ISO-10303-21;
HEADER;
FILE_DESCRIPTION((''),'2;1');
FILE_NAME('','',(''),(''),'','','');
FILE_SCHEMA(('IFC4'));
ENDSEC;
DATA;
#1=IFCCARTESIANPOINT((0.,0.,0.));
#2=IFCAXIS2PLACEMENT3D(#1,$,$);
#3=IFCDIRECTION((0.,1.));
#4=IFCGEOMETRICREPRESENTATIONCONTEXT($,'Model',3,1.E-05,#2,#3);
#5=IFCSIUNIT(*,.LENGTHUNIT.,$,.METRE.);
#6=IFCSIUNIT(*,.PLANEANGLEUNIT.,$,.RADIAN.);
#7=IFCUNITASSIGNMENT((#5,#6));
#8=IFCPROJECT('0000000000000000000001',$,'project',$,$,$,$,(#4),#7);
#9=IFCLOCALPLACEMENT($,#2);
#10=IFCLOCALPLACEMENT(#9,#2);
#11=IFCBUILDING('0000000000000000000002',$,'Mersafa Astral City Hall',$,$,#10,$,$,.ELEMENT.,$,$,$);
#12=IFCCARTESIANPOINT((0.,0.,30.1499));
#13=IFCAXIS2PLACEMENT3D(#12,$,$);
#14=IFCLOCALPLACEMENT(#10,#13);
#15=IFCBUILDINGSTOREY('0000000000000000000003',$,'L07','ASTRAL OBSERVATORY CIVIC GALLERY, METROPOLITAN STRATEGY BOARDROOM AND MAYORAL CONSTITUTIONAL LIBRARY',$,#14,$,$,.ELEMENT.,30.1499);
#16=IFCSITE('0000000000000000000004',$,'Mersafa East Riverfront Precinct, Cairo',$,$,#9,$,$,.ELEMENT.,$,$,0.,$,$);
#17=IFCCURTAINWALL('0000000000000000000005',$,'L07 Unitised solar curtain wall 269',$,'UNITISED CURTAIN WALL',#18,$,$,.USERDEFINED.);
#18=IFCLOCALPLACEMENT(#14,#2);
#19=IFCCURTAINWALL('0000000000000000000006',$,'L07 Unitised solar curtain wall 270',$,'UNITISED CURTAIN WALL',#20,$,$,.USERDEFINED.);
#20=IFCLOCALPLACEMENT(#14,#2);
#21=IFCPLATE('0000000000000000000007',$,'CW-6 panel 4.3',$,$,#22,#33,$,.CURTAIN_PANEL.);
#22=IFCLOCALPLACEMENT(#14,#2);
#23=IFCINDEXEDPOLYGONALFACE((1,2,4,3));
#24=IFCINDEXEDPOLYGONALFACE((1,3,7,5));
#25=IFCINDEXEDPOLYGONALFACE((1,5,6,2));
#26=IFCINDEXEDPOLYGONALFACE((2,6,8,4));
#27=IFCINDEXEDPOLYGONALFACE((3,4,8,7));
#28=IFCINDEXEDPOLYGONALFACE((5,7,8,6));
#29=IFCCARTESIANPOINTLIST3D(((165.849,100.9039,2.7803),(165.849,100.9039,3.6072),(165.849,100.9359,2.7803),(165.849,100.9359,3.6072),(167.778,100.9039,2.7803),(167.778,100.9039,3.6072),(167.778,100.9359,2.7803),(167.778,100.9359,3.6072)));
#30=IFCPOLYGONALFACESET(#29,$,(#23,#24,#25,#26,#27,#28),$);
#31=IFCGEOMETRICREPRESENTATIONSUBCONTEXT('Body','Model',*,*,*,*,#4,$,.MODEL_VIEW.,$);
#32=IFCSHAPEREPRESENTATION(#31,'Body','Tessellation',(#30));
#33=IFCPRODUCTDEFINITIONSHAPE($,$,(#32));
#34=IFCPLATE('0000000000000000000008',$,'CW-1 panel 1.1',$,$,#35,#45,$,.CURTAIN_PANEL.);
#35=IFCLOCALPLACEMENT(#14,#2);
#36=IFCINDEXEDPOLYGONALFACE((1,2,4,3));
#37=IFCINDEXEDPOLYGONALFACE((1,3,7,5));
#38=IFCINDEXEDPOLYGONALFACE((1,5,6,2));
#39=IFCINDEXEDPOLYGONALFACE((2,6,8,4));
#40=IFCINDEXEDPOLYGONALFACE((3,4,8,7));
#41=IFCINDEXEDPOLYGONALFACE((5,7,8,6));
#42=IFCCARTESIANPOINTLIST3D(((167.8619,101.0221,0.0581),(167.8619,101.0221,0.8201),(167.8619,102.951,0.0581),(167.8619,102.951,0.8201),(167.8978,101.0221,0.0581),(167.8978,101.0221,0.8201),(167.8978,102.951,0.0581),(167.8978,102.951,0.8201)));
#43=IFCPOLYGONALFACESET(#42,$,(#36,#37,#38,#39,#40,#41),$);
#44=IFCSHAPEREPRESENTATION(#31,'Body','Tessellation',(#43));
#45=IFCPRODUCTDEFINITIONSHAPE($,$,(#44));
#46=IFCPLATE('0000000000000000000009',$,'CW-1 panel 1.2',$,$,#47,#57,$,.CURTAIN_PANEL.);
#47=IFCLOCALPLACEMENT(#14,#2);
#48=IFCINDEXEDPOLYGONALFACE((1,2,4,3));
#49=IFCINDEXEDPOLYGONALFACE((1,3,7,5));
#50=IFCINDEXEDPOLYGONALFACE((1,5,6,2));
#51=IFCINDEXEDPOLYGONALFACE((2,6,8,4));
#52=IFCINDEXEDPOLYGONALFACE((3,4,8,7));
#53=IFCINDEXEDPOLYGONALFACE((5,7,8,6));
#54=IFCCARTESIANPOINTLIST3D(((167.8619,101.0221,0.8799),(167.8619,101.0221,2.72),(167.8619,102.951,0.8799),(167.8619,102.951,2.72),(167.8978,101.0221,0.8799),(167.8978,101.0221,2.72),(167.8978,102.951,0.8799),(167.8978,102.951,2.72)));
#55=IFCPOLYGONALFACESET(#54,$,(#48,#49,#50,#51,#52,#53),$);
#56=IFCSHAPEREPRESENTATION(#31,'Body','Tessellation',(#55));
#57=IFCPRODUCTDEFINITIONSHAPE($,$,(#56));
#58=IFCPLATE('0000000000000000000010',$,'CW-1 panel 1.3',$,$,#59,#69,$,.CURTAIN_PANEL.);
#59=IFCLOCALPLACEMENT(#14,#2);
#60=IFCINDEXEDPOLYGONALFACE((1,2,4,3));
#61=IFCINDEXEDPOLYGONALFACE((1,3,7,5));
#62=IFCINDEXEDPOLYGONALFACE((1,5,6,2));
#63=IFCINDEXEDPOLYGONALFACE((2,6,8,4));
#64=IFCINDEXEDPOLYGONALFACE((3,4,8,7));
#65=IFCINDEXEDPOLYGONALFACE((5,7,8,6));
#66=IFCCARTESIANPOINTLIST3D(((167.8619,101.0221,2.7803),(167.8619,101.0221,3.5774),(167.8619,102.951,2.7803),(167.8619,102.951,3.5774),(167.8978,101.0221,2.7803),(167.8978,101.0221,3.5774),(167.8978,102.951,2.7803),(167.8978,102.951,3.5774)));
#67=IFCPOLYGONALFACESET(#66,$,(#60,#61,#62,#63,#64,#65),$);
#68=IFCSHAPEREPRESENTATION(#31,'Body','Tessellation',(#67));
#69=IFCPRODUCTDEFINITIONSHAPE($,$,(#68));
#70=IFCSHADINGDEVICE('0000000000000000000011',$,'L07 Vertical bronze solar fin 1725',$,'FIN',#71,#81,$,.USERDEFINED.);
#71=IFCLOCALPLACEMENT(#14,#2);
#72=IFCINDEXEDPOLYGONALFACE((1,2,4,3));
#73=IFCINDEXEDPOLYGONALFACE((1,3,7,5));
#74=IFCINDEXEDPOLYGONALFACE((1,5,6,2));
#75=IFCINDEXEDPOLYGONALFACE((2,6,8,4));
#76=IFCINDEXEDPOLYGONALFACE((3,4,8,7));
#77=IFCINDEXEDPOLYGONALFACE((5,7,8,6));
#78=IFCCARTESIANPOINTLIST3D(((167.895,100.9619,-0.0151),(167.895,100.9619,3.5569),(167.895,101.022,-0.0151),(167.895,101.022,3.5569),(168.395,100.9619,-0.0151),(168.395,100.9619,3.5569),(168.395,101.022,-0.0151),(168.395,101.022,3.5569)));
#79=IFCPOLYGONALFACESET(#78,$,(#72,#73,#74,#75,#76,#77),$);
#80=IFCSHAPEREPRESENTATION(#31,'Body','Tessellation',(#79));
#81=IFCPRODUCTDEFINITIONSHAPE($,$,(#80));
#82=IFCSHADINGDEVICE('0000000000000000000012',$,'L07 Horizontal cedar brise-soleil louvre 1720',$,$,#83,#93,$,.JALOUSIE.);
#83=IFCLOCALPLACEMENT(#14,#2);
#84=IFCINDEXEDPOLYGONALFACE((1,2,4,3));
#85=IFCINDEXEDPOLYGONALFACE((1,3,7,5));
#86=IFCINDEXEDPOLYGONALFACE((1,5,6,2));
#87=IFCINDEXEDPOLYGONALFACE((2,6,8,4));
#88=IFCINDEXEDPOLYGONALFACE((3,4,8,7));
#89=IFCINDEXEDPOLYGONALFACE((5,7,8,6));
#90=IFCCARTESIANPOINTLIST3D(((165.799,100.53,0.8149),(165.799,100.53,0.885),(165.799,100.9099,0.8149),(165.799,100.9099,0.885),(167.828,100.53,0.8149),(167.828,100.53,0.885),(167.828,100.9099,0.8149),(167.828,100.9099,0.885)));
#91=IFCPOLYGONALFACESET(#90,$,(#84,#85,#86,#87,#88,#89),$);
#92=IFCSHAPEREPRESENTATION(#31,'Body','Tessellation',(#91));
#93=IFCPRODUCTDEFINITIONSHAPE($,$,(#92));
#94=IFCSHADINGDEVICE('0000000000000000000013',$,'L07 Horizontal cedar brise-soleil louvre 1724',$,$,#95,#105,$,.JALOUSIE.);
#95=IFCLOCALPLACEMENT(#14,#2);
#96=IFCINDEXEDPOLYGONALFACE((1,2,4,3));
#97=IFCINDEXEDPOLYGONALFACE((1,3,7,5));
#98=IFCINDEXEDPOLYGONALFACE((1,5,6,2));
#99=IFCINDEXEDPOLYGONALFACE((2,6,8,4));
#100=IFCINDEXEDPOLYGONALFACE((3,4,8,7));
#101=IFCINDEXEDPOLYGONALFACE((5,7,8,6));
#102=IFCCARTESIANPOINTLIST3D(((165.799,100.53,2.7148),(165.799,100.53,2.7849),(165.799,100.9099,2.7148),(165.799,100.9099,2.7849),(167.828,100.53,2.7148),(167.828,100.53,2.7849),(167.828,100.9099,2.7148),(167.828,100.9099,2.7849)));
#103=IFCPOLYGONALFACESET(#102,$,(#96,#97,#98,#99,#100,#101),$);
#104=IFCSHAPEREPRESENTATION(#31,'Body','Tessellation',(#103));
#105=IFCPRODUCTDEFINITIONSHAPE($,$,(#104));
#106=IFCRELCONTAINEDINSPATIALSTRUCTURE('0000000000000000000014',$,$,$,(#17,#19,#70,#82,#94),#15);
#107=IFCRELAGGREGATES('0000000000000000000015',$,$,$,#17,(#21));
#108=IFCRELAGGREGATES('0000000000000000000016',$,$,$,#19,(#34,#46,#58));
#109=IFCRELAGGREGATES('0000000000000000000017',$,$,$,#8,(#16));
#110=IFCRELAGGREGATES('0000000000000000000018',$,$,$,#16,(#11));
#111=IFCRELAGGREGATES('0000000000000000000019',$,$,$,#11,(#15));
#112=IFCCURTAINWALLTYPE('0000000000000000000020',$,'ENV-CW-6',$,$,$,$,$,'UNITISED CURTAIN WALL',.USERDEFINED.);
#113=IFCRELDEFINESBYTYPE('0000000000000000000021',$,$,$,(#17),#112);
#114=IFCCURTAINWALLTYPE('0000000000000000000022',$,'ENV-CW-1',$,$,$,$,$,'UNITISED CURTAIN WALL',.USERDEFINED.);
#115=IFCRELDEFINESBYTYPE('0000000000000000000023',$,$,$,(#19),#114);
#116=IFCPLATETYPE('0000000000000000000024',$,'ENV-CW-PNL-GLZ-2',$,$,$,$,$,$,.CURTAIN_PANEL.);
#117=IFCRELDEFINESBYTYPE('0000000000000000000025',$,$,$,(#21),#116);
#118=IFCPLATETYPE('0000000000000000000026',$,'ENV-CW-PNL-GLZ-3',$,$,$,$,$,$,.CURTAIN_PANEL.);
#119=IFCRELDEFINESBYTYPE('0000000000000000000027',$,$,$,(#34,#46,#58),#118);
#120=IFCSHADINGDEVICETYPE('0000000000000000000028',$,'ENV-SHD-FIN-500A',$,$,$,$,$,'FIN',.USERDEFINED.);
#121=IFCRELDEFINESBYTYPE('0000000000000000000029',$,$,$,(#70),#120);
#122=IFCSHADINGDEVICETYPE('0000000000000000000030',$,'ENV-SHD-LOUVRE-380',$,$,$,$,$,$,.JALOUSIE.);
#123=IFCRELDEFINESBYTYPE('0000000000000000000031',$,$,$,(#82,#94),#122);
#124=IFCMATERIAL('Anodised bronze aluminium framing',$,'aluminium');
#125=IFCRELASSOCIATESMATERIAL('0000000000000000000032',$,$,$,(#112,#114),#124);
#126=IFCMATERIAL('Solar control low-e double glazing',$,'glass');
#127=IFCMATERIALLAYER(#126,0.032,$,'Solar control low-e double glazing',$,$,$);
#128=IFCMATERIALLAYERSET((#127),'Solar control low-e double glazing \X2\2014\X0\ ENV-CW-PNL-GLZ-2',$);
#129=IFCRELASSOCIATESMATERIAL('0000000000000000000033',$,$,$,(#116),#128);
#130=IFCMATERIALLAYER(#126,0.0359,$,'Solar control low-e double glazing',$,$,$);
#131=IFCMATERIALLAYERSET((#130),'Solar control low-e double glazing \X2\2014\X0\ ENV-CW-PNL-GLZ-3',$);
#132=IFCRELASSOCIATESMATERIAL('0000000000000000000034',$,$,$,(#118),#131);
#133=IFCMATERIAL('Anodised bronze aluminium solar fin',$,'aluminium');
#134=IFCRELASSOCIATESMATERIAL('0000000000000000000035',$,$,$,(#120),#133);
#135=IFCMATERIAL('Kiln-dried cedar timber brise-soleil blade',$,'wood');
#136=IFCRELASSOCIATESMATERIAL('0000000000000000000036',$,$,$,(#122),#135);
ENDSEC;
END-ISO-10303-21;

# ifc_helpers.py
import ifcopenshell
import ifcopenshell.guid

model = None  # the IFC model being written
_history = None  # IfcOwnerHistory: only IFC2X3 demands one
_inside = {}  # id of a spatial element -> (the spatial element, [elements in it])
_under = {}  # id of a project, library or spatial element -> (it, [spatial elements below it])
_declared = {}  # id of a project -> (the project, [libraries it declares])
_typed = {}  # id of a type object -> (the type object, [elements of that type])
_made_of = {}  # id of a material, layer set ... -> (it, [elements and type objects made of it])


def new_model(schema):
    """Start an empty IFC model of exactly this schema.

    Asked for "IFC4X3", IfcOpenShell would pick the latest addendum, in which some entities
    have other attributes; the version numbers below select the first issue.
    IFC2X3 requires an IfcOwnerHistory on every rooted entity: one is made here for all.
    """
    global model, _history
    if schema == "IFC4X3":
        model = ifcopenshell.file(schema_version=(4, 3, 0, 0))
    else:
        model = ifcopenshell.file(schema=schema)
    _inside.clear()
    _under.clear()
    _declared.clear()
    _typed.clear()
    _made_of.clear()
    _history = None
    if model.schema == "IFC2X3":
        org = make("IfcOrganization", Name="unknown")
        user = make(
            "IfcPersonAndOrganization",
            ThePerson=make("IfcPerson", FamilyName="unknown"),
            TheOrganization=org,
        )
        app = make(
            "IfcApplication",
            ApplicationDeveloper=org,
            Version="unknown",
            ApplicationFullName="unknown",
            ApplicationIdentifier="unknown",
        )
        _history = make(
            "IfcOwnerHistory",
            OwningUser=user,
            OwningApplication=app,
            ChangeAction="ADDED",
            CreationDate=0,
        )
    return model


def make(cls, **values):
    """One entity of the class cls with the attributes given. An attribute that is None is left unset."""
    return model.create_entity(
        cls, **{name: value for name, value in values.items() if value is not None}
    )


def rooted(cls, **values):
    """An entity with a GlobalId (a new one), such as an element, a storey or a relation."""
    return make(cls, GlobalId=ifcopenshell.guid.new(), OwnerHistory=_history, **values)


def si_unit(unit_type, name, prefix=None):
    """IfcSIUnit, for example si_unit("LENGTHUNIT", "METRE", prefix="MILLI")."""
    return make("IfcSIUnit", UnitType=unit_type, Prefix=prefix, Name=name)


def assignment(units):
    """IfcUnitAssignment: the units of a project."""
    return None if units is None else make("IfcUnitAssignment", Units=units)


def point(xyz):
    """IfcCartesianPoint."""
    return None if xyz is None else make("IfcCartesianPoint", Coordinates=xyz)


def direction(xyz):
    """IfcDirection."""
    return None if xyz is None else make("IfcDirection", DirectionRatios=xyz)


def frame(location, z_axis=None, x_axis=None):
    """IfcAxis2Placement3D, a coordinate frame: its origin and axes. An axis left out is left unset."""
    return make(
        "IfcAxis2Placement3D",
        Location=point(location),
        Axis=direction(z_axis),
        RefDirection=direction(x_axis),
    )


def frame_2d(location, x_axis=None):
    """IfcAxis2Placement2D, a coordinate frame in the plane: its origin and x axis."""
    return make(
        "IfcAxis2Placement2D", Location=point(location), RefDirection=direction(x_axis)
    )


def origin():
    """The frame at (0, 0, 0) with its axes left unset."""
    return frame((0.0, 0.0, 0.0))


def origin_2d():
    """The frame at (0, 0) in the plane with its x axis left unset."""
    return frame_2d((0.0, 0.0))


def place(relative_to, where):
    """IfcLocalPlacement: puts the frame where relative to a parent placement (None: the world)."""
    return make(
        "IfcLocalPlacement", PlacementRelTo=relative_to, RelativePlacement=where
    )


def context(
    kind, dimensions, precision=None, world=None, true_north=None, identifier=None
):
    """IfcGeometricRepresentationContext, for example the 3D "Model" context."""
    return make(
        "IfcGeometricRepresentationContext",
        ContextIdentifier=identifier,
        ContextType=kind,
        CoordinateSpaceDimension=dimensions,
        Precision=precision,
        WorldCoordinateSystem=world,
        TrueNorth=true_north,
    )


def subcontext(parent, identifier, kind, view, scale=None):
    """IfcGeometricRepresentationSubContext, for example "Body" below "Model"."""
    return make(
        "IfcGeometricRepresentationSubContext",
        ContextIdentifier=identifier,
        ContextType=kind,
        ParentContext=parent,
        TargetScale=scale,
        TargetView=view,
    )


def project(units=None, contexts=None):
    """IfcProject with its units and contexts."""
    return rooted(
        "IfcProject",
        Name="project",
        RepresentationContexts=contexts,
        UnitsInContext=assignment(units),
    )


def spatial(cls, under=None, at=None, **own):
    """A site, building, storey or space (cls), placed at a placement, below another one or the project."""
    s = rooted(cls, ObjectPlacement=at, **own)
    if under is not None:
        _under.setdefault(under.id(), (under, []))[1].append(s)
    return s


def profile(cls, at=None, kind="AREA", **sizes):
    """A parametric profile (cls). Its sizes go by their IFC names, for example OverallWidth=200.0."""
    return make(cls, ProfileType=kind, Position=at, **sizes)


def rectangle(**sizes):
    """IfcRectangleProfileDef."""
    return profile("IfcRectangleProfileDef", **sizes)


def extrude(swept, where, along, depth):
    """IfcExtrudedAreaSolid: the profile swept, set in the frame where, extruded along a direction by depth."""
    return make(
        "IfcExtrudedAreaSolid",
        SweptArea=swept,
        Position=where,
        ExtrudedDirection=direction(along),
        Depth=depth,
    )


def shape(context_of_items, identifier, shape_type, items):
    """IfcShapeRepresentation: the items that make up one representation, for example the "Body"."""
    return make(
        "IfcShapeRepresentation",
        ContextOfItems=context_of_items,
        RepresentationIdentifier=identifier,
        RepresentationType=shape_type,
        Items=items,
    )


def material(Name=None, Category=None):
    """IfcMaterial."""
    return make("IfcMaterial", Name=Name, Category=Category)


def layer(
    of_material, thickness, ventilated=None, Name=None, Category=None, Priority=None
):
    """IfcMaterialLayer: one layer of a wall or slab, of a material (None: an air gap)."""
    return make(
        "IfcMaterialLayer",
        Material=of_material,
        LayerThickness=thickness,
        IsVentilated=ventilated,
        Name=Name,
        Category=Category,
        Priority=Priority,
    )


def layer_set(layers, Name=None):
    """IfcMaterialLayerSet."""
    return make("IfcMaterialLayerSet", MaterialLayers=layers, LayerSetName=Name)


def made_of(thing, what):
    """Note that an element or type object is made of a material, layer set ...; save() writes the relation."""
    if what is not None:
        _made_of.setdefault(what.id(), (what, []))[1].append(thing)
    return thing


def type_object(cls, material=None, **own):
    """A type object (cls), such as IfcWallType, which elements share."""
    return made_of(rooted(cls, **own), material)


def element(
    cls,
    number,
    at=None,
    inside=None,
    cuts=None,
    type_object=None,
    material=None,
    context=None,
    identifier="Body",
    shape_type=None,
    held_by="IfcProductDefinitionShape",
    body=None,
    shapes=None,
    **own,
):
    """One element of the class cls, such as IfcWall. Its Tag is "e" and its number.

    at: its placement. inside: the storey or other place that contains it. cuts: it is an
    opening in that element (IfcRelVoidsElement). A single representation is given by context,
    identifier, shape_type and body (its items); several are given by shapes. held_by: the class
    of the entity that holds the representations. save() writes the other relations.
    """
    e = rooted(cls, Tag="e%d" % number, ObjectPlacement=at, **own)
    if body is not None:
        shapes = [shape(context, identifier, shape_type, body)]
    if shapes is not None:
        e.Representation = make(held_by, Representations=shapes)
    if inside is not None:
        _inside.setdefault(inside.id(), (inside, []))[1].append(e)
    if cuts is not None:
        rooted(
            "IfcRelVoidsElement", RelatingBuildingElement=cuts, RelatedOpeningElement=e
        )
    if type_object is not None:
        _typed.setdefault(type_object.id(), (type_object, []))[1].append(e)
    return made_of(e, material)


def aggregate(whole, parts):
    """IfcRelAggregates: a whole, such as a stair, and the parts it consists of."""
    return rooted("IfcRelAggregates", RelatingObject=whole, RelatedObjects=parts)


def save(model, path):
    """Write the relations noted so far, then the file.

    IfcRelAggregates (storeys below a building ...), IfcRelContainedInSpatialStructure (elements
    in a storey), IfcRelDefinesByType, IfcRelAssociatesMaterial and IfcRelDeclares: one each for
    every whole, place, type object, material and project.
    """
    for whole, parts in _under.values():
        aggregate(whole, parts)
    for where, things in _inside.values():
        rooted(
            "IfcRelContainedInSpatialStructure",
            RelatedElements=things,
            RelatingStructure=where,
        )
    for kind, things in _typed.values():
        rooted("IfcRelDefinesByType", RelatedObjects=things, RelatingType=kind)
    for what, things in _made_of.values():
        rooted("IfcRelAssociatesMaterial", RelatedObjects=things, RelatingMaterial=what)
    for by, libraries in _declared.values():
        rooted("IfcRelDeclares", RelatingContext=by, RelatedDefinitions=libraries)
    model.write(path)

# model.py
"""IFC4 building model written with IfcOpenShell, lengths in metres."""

from ifc_helpers import new_model, si_unit, direction, frame, origin, origin_2d, place, context, subcontext, project, spatial, rectangle, extrude, material, layer, layer_set, type_object, element, aggregate, save


model = new_model("IFC4")

# Units and contexts
model_context = context("Model", 3, precision=1e-05, world=origin(), true_north=direction((0.0, 1.0)))
body_context = subcontext(model_context, "Body", "Model", "MODEL_VIEW")
ifc_project = project(units=[si_unit("LENGTHUNIT", "METRE"), si_unit("PLANEANGLEUNIT", "RADIAN")], contexts=[model_context])

# Site, building, storey
site_placement = place(None, origin())
site = spatial("IfcSite", under=ifc_project, at=site_placement, Name="Mersafa East Riverfront Precinct, Cairo", CompositionType="ELEMENT", RefElevation=0.0)
building_placement = place(site_placement, origin())
building = spatial("IfcBuilding", under=site, at=building_placement, Name="Mersafa Astral City Hall", CompositionType="ELEMENT")
storey_placement = place(building_placement, frame((0.0, 0.0, 30.1499)))
storey = spatial("IfcBuildingStorey", under=building, at=storey_placement, Name="L07", Description="ASTRAL OBSERVATORY CIVIC GALLERY, METROPOLITAN STRATEGY BOARDROOM AND MAYORAL CONSTITUTIONAL LIBRARY", CompositionType="ELEMENT", Elevation=30.1499)

# Curtain wall
ifc_material_1 = material(Name="Anodised bronze aluminium framing", Category="aluminium")
curtain_wall_type_1 = type_object("IfcCurtainWallType", Name="ENV-CW-6", ElementType="UNITISED CURTAIN WALL", PredefinedType="USERDEFINED", material=ifc_material_1)
curtain_wall_1_placement = place(storey_placement, origin())
curtain_wall_1 = element("IfcCurtainWall", 1, at=curtain_wall_1_placement, inside=storey, type_object=curtain_wall_type_1, Name="L07 Unitised solar curtain wall 269", ObjectType="UNITISED CURTAIN WALL", PredefinedType="USERDEFINED")

# Curtain wall
curtain_wall_type_2 = type_object("IfcCurtainWallType", Name="ENV-CW-1", ElementType="UNITISED CURTAIN WALL", PredefinedType="USERDEFINED", material=ifc_material_1)
curtain_wall_2_placement = place(storey_placement, origin())
curtain_wall_2 = element("IfcCurtainWall", 2, at=curtain_wall_2_placement, inside=storey, type_object=curtain_wall_type_2, Name="L07 Unitised solar curtain wall 270", ObjectType="UNITISED CURTAIN WALL", PredefinedType="USERDEFINED")

# Plates
ifc_material_2 = material(Name="Solar control low-e double glazing", Category="glass")
ifc_layer_1 = layer(ifc_material_2, 0.032, Name="Solar control low-e double glazing")
ifc_layer_set_1 = layer_set([ifc_layer_1], Name="Solar control low-e double glazing — ENV-CW-PNL-GLZ-2")
plate_type_1 = type_object("IfcPlateType", Name="ENV-CW-PNL-GLZ-2", PredefinedType="CURTAIN_PANEL", material=ifc_layer_set_1)
plate_1_placement = place(storey_placement, frame((166.8135, 100.9199, 2.7803), z_axis=(0.0, 0.0, 1.0), x_axis=(1.0, 0.0, 0.0)))
plate_1 = element("IfcPlate", 3, at=plate_1_placement, type_object=plate_type_1, Name="CW-6 panel 4.3", PredefinedType="CURTAIN_PANEL", context=body_context, shape_type="SweptSolid", body=[
    extrude(rectangle(XDim=1.929, YDim=0.032, at=origin_2d()), origin(), (0.0, 0.0, 1.0), 0.8269),
])
aggregate(curtain_wall_1, [plate_1])
ifc_layer_2 = layer(ifc_material_2, 0.0359, Name="Solar control low-e double glazing")
ifc_layer_set_2 = layer_set([ifc_layer_2], Name="Solar control low-e double glazing — ENV-CW-PNL-GLZ-3")
plate_type_2 = type_object("IfcPlateType", Name="ENV-CW-PNL-GLZ-3", PredefinedType="CURTAIN_PANEL", material=ifc_layer_set_2)
plate_2_placement = place(storey_placement, frame((167.8799, 101.9866, 0.0581), z_axis=(0.0, 0.0, 1.0), x_axis=(0.0, 1.0, 0.0)))
plate_2 = element("IfcPlate", 4, at=plate_2_placement, type_object=plate_type_2, Name="CW-1 panel 1.1", PredefinedType="CURTAIN_PANEL", context=body_context, shape_type="SweptSolid", body=[
    extrude(rectangle(XDim=1.929, YDim=0.0359, at=origin_2d()), origin(), (0.0, 0.0, 1.0), 0.762),
])
plate_3_placement = place(storey_placement, frame((167.8799, 101.9866, 0.8799), z_axis=(0.0, 0.0, 1.0), x_axis=(0.0, 1.0, 0.0)))
plate_3 = element("IfcPlate", 5, at=plate_3_placement, type_object=plate_type_2, Name="CW-1 panel 1.2", PredefinedType="CURTAIN_PANEL", context=body_context, shape_type="SweptSolid", body=[
    extrude(rectangle(XDim=1.929, YDim=0.0359, at=origin_2d()), origin(), (0.0, 0.0, 1.0), 1.8401),
])
plate_4_placement = place(storey_placement, frame((167.8799, 101.9866, 2.7803), z_axis=(0.0, 0.0, 1.0), x_axis=(0.0, 1.0, 0.0)))
plate_4 = element("IfcPlate", 6, at=plate_4_placement, type_object=plate_type_2, Name="CW-1 panel 1.3", PredefinedType="CURTAIN_PANEL", context=body_context, shape_type="SweptSolid", body=[
    extrude(rectangle(XDim=1.929, YDim=0.0359, at=origin_2d()), origin(), (0.0, 0.0, 1.0), 0.7971),
])
aggregate(curtain_wall_2, [plate_2, plate_3, plate_4])

# Shading devices
ifc_material_3 = material(Name="Anodised bronze aluminium solar fin", Category="aluminium")
shading_device_type_1 = type_object("IfcShadingDeviceType", Name="ENV-SHD-FIN-500A", ElementType="FIN", PredefinedType="USERDEFINED", material=ifc_material_3)
shading_device_placement = place(storey_placement, frame((168.145, 100.9919, -0.0151), z_axis=(0.0, 0.0, 1.0), x_axis=(0.0, 1.0, 0.0)))
element("IfcShadingDevice", 7, at=shading_device_placement, inside=storey, type_object=shading_device_type_1, Name="L07 Vertical bronze solar fin 1725", ObjectType="FIN", PredefinedType="USERDEFINED", context=body_context, shape_type="SweptSolid", body=[
    extrude(rectangle(XDim=0.0601, YDim=0.5, at=origin_2d()), origin(), (0.0, 0.0, 1.0), 3.572),
])
ifc_material_4 = material(Name="Kiln-dried cedar timber brise-soleil blade", Category="wood")
shading_device_type_2 = type_object("IfcShadingDeviceType", Name="ENV-SHD-LOUVRE-380", PredefinedType="JALOUSIE", material=ifc_material_4)
for number, where, z_axis, x_axis, name in (
    (8, (166.8135, 100.72, 0.8149), (0.0, 0.0, 1.0), (1.0, 0.0, 0.0), "L07 Horizontal cedar brise-soleil louvre 1720"),
    (9, (166.8135, 100.72, 2.7148), (0.0, 0.0, 1.0), (1.0, 0.0, 0.0), "L07 Horizontal cedar brise-soleil louvre 1724"),
):
    element("IfcShadingDevice", number, at=place(storey_placement, frame(where, z_axis=z_axis, x_axis=x_axis)), inside=storey, type_object=shading_device_type_2, Name=name, PredefinedType="JALOUSIE", context=body_context, shape_type="SweptSolid", body=[
        extrude(rectangle(XDim=2.0291, YDim=0.3799, at=origin_2d()), origin(), (0.0, 0.0, 1.0), 0.0701),
    ])

save(model, "model.ifc")
